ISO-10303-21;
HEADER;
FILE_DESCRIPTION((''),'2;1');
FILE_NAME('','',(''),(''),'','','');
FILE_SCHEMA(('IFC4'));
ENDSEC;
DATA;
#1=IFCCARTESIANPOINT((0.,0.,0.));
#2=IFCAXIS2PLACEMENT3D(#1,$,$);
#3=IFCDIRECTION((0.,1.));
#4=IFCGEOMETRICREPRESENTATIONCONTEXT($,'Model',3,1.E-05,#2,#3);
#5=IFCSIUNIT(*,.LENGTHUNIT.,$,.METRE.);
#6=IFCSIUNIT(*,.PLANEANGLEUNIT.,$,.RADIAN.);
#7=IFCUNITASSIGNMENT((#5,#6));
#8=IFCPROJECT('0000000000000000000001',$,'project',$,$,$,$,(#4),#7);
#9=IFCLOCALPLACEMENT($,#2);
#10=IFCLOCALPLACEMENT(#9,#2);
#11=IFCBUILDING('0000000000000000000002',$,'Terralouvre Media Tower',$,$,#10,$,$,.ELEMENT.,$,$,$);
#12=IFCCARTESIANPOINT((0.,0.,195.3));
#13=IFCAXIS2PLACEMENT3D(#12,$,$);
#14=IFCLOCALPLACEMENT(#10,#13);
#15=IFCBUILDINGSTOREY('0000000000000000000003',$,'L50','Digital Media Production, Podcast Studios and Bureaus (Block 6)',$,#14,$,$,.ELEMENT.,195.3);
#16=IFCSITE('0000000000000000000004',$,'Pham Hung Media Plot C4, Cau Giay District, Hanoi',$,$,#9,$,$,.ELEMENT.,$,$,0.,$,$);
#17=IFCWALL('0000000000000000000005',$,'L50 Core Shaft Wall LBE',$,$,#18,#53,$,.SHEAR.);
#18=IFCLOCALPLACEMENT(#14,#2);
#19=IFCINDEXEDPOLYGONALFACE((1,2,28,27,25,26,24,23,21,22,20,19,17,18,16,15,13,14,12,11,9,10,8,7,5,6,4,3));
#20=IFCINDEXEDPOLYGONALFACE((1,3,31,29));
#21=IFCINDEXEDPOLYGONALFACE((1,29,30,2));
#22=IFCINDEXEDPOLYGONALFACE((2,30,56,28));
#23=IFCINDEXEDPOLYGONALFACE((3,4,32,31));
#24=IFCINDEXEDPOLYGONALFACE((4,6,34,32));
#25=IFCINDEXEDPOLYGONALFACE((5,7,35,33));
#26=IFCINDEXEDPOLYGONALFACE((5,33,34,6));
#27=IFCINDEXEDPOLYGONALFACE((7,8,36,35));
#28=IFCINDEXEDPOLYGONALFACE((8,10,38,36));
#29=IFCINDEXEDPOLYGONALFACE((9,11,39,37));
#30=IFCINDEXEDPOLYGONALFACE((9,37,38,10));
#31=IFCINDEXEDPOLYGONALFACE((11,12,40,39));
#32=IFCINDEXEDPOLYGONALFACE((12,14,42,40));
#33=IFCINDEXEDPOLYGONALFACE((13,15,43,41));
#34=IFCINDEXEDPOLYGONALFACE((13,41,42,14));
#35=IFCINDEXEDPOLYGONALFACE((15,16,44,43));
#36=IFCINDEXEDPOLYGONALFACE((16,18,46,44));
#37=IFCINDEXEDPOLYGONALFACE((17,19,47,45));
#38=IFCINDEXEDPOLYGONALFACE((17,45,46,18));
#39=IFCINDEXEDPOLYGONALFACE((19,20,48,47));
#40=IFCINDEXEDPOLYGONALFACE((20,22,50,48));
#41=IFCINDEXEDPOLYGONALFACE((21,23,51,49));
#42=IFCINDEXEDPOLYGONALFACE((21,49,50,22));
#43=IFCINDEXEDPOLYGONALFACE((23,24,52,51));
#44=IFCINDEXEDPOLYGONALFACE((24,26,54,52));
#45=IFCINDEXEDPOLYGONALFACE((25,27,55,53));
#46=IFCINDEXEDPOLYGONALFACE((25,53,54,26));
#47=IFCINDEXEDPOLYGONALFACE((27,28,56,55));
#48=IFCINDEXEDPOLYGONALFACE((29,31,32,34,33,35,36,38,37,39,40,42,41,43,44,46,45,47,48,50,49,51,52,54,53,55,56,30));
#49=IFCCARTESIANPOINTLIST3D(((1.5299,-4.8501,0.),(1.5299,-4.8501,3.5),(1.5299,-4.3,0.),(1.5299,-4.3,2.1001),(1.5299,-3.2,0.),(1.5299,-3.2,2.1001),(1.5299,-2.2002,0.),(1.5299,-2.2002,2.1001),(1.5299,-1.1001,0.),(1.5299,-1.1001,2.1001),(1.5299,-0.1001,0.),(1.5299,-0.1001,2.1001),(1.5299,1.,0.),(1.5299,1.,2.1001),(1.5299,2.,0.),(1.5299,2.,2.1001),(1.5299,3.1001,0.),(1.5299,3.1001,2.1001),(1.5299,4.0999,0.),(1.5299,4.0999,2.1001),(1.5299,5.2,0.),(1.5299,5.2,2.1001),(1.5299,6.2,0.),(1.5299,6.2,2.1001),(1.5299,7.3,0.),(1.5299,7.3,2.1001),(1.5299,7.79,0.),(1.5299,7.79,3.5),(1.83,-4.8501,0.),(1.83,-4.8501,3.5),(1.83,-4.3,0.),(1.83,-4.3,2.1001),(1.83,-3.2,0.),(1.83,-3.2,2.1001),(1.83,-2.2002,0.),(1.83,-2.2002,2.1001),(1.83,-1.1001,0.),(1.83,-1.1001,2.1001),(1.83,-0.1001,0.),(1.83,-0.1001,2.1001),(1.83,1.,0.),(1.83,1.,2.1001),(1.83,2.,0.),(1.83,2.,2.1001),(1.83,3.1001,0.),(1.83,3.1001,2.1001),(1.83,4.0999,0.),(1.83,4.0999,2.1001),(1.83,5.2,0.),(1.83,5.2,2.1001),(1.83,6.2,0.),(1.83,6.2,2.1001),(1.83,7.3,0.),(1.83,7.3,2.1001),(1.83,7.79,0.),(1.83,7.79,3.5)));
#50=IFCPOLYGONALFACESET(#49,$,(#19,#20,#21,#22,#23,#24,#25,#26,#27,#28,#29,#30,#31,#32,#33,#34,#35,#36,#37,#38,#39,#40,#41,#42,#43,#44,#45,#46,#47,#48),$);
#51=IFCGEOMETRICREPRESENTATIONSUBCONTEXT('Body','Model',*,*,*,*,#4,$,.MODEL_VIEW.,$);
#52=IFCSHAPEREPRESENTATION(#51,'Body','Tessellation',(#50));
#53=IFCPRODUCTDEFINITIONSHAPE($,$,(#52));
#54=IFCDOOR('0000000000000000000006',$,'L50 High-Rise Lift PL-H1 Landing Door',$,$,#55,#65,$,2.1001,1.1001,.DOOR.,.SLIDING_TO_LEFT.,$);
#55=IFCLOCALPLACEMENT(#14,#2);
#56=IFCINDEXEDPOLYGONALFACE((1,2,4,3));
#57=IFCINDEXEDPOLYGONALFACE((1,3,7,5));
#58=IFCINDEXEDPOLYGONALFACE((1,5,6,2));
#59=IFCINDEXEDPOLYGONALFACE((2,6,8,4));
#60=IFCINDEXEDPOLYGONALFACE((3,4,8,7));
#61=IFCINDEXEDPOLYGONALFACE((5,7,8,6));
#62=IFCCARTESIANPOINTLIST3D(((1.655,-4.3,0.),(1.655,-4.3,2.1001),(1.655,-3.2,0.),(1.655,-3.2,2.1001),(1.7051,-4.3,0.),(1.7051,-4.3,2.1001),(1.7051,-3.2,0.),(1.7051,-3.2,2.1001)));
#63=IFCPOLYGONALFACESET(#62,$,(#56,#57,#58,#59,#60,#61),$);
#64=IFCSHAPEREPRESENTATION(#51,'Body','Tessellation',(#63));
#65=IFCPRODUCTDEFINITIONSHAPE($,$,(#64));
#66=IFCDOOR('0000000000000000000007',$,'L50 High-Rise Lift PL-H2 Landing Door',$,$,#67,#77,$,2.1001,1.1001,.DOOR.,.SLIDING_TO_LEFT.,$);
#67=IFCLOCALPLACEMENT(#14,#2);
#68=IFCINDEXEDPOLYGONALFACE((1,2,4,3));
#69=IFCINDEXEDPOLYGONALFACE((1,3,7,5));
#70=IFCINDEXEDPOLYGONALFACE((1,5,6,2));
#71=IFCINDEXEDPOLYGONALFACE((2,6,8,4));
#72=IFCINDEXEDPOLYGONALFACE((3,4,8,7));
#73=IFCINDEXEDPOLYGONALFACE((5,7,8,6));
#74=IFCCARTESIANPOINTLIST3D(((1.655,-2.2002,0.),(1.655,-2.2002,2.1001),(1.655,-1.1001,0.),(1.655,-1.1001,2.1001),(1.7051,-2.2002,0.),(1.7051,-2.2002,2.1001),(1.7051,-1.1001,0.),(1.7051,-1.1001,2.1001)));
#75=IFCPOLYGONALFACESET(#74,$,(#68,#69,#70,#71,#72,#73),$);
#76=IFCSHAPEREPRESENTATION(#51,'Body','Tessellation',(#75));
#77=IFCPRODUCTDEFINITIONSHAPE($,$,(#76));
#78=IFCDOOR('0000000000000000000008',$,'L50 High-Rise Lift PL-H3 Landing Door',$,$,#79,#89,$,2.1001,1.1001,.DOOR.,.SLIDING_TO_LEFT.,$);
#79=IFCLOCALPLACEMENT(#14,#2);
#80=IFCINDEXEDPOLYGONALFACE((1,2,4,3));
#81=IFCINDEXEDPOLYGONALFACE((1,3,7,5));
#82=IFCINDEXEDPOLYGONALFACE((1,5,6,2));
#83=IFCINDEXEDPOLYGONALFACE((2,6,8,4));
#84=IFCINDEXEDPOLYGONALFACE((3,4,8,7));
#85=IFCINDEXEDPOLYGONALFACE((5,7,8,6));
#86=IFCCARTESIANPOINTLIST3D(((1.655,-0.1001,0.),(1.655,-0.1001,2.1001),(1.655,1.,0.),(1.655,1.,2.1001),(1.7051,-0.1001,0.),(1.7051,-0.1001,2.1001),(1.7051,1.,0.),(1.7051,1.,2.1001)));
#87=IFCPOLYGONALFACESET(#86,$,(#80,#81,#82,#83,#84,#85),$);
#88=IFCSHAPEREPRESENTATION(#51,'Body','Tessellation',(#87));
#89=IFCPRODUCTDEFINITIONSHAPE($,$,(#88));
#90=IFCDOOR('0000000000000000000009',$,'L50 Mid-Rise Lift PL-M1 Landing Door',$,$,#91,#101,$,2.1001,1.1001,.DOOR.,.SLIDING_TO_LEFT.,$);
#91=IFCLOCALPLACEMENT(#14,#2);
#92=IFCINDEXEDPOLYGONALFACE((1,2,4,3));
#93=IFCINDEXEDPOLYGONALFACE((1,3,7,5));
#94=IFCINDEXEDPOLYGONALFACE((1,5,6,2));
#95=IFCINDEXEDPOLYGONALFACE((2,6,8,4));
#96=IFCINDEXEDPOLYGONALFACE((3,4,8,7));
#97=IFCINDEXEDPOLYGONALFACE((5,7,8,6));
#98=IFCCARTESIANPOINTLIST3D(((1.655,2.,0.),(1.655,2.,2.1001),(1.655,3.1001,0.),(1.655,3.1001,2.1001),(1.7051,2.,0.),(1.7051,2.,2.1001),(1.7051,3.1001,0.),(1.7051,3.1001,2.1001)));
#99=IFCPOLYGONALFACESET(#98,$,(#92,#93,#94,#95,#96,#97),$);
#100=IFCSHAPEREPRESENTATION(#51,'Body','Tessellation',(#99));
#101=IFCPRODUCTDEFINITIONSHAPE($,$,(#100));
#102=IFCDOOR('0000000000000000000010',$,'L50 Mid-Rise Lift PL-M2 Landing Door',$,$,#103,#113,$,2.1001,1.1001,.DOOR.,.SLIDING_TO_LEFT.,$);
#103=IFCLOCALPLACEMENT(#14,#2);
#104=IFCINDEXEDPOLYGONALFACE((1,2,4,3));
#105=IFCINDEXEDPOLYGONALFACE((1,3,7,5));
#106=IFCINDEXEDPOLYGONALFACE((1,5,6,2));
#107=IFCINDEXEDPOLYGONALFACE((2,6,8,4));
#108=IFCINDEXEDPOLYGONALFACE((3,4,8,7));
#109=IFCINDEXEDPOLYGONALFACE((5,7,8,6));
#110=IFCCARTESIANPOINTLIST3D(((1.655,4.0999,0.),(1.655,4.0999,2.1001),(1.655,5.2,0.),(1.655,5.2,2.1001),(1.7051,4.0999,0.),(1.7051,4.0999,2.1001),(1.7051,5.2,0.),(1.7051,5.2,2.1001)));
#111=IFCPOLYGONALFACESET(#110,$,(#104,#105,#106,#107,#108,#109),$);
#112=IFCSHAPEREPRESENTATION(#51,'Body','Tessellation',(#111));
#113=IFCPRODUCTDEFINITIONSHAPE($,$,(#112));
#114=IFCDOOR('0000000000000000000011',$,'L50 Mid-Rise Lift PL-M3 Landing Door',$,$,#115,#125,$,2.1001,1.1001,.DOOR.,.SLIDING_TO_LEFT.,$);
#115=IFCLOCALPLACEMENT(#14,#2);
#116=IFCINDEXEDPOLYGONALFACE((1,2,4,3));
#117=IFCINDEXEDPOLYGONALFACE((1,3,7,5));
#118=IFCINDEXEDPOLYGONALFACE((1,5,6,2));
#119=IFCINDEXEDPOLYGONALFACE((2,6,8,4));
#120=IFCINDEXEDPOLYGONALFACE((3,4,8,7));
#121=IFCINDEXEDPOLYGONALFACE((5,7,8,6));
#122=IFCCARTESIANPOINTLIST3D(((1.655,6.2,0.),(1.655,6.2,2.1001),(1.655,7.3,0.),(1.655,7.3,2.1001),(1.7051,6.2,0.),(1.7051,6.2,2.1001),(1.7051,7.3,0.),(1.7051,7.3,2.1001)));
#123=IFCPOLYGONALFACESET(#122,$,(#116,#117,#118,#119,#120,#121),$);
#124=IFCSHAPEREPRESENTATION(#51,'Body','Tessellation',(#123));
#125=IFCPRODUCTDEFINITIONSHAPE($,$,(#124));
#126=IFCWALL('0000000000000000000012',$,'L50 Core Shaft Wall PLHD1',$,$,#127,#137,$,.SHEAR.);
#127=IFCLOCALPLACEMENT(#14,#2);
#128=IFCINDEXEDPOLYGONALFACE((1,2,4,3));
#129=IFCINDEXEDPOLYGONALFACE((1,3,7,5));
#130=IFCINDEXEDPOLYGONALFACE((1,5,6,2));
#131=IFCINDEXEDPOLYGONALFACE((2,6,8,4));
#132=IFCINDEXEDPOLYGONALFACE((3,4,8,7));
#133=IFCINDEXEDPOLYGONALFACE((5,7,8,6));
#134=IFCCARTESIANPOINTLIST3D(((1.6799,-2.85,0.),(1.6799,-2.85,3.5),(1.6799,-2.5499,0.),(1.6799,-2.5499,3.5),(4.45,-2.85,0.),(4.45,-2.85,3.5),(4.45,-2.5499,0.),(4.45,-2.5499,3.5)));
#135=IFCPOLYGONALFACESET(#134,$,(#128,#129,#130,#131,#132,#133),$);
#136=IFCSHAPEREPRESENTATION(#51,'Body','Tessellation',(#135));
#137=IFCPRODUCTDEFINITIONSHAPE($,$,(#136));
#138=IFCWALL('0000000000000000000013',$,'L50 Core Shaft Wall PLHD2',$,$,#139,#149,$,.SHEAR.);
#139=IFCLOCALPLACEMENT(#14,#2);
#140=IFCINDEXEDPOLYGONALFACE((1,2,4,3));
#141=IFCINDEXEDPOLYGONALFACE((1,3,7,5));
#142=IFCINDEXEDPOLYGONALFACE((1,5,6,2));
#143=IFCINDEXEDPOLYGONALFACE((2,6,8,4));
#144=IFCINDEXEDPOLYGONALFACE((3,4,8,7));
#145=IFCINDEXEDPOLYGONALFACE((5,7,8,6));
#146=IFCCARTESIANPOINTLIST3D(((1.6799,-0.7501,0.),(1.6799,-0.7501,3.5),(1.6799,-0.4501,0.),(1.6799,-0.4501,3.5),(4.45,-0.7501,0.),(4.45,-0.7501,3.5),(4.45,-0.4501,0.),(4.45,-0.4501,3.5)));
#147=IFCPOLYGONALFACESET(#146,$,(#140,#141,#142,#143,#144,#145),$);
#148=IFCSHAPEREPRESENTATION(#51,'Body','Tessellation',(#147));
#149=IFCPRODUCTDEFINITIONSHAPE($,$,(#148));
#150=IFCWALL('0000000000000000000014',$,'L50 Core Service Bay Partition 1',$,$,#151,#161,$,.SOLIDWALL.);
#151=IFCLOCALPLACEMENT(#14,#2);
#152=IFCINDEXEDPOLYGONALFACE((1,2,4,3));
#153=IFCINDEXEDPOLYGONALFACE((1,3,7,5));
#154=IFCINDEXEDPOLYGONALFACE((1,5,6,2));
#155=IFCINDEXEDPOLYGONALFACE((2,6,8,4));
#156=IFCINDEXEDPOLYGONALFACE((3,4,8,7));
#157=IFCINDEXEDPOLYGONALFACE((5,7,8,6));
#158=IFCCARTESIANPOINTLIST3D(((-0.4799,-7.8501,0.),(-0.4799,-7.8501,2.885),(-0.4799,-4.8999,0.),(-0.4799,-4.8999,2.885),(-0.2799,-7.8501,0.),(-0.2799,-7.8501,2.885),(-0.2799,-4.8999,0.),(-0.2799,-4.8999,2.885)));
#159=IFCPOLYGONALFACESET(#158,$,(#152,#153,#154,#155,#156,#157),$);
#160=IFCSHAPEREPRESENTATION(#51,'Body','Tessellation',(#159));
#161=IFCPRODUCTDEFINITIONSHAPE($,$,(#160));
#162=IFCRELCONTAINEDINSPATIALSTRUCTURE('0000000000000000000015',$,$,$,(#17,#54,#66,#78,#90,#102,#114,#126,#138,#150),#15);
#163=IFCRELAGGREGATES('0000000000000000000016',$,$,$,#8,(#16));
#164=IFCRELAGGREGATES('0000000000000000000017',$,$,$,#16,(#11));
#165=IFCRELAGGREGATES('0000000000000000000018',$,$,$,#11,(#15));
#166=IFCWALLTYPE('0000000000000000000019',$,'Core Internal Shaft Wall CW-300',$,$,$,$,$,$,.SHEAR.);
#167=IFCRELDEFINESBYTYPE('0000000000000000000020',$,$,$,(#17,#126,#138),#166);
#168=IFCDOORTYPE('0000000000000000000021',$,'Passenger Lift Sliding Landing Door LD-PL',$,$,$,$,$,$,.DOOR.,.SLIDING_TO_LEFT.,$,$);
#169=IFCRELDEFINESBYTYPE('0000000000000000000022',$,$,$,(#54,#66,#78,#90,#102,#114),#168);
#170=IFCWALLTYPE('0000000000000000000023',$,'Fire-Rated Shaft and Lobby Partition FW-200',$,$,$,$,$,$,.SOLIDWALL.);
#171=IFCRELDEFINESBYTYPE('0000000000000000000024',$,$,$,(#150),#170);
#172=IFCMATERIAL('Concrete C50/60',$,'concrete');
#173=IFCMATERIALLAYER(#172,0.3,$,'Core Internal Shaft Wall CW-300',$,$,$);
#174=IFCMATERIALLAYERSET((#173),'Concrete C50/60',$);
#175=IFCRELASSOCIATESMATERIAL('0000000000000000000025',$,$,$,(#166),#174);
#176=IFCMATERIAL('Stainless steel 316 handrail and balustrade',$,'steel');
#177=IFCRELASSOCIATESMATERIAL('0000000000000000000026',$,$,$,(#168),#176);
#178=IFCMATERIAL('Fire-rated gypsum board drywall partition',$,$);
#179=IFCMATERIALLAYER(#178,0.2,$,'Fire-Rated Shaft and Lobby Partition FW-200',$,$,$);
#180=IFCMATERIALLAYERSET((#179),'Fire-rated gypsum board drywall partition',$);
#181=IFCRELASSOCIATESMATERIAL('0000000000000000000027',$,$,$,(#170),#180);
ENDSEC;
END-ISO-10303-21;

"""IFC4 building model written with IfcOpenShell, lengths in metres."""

from ifc_helpers import new_model, si_unit, direction, frame, frame_2d, origin, place, context, subcontext, project, spatial, rectangle, extrude, material, layer, layer_set, type_object, element, fill, save


model = new_model("IFC4")

# Units and contexts
model_context = context("Model", 3, precision=1e-05, world=origin(), true_north=direction((0.0, 1.0)))
body_context = subcontext(model_context, "Body", "Model", "MODEL_VIEW")
ifc_project = project(units=[si_unit("LENGTHUNIT", "METRE"), si_unit("PLANEANGLEUNIT", "RADIAN")], contexts=[model_context])

# Site, building, storey
site_placement = place(None, origin())
site = spatial("IfcSite", under=ifc_project, at=site_placement, Name="Pham Hung Media Plot C4, Cau Giay District, Hanoi", CompositionType="ELEMENT", RefElevation=0.0)
building_placement = place(site_placement, origin())
building = spatial("IfcBuilding", under=site, at=building_placement, Name="Terralouvre Media Tower", CompositionType="ELEMENT")
storey_placement = place(building_placement, frame((0.0, 0.0, 195.3)))
storey = spatial("IfcBuildingStorey", under=building, at=storey_placement, Name="L50", Description="Digital Media Production, Podcast Studios and Bureaus (Block 6)", CompositionType="ELEMENT", Elevation=195.3)

# Shared definitions
ifc_material_1 = material(Name="Concrete C50/60", Category="concrete")
ifc_layer_1 = layer(ifc_material_1, 0.3, Name="Core Internal Shaft Wall CW-300")
ifc_layer_set_1 = layer_set([ifc_layer_1], Name="Concrete C50/60")
wall_type_1 = type_object("IfcWallType", Name="Core Internal Shaft Wall CW-300", PredefinedType="SHEAR", material=ifc_layer_set_1)

# Wall, openings, doors
wall_1_placement = place(storey_placement, frame((1.6799, -4.8501, 0.0), z_axis=(0.0, 0.0, 1.0), x_axis=(0.0, 1.0, 0.0)))
wall_1 = element("IfcWall", 1, at=wall_1_placement, inside=storey, type_object=wall_type_1, Name="L50 Core Shaft Wall LBE", PredefinedType="SHEAR", context=body_context, shape_type="SweptSolid", body=[
    extrude(rectangle(XDim=12.6401, YDim=0.3, at=frame_2d((6.3201, 0.0))), origin(), (0.0, 0.0, 1.0), 3.5),
])
opening_1_placement = place(wall_1_placement, frame((0.55, 0.0, 0.0)))
opening_1 = element("IfcOpeningElement", 2, at=opening_1_placement, cuts=wall_1, PredefinedType="OPENING", context=body_context, shape_type="SweptSolid", body=[
    extrude(rectangle(XDim=1.1001, YDim=2.1001, at=frame_2d((0.55, 1.05))), frame((0.0, 0.1599, 0.0), z_axis=(0.0, -1.0, 0.0), x_axis=(1.0, 0.0, 0.0)), (0.0, 0.0, 1.0), 0.3201),
])
opening_2_placement = place(wall_1_placement, frame((2.6499, 0.0, 0.0)))
opening_2 = element("IfcOpeningElement", 3, at=opening_2_placement, cuts=wall_1, PredefinedType="OPENING", context=body_context, shape_type="SweptSolid", body=[
    extrude(rectangle(XDim=1.1001, YDim=2.1001, at=frame_2d((0.55, 1.05))), frame((0.0, 0.1599, 0.0), z_axis=(0.0, -1.0, 0.0), x_axis=(1.0, 0.0, 0.0)), (0.0, 0.0, 1.0), 0.3201),
])
opening_3_placement = place(wall_1_placement, frame((4.75, 0.0, 0.0)))
opening_3 = element("IfcOpeningElement", 4, at=opening_3_placement, cuts=wall_1, PredefinedType="OPENING", context=body_context, shape_type="SweptSolid", body=[
    extrude(rectangle(XDim=1.1001, YDim=2.1001, at=frame_2d((0.55, 1.05))), frame((0.0, 0.1599, 0.0), z_axis=(0.0, -1.0, 0.0), x_axis=(1.0, 0.0, 0.0)), (0.0, 0.0, 1.0), 0.3201),
])
opening_4_placement = place(wall_1_placement, frame((6.8501, 0.0, 0.0)))
opening_4 = element("IfcOpeningElement", 5, at=opening_4_placement, cuts=wall_1, PredefinedType="OPENING", context=body_context, shape_type="SweptSolid", body=[
    extrude(rectangle(XDim=1.1001, YDim=2.1001, at=frame_2d((0.55, 1.05))), frame((0.0, 0.1599, 0.0), z_axis=(0.0, -1.0, 0.0), x_axis=(1.0, 0.0, 0.0)), (0.0, 0.0, 1.0), 0.3201),
])
opening_5_placement = place(wall_1_placement, frame((8.95, 0.0, 0.0)))
opening_5 = element("IfcOpeningElement", 6, at=opening_5_placement, cuts=wall_1, PredefinedType="OPENING", context=body_context, shape_type="SweptSolid", body=[
    extrude(rectangle(XDim=1.1001, YDim=2.1001, at=frame_2d((0.55, 1.05))), frame((0.0, 0.1599, 0.0), z_axis=(0.0, -1.0, 0.0), x_axis=(1.0, 0.0, 0.0)), (0.0, 0.0, 1.0), 0.3201),
])
opening_6_placement = place(wall_1_placement, frame((11.05, 0.0, 0.0)))
opening_6 = element("IfcOpeningElement", 7, at=opening_6_placement, cuts=wall_1, PredefinedType="OPENING", context=body_context, shape_type="SweptSolid", body=[
    extrude(rectangle(XDim=1.1001, YDim=2.1001, at=frame_2d((0.55, 1.05))), frame((0.0, 0.1599, 0.0), z_axis=(0.0, -1.0, 0.0), x_axis=(1.0, 0.0, 0.0)), (0.0, 0.0, 1.0), 0.3201),
])
ifc_material_2 = material(Name="Stainless steel 316 handrail and balustrade", Category="steel")
door_type_1 = type_object("IfcDoorType", Name="Passenger Lift Sliding Landing Door LD-PL", OperationType="SLIDING_TO_LEFT", PredefinedType="DOOR", material=ifc_material_2)
door_1_placement = place(opening_1_placement, origin())
door_1 = element("IfcDoor", 8, at=door_1_placement, inside=storey, type_object=door_type_1, Name="L50 High-Rise Lift PL-H1 Landing Door", OperationType="SLIDING_TO_LEFT", OverallHeight=2.1001, OverallWidth=1.1001, PredefinedType="DOOR", context=body_context, shape_type="SweptSolid", body=[
    extrude(rectangle(XDim=1.1001, YDim=2.1001, at=frame_2d((0.55, 1.05))), frame((0.0, 0.0249, 0.0), z_axis=(0.0, -1.0, 0.0), x_axis=(1.0, 0.0, 0.0)), (0.0, 0.0, 1.0), 0.05),
])
fill(opening_1, door_1)
door_2_placement = place(opening_2_placement, origin())
door_2 = element("IfcDoor", 9, at=door_2_placement, inside=storey, type_object=door_type_1, Name="L50 High-Rise Lift PL-H2 Landing Door", OperationType="SLIDING_TO_LEFT", OverallHeight=2.1001, OverallWidth=1.1001, PredefinedType="DOOR", context=body_context, shape_type="SweptSolid", body=[
    extrude(rectangle(XDim=1.1001, YDim=2.1001, at=frame_2d((0.55, 1.05))), frame((0.0, 0.0249, 0.0), z_axis=(0.0, -1.0, 0.0), x_axis=(1.0, 0.0, 0.0)), (0.0, 0.0, 1.0), 0.05),
])
fill(opening_2, door_2)
door_3_placement = place(opening_3_placement, origin())
door_3 = element("IfcDoor", 10, at=door_3_placement, inside=storey, type_object=door_type_1, Name="L50 High-Rise Lift PL-H3 Landing Door", OperationType="SLIDING_TO_LEFT", OverallHeight=2.1001, OverallWidth=1.1001, PredefinedType="DOOR", context=body_context, shape_type="SweptSolid", body=[
    extrude(rectangle(XDim=1.1001, YDim=2.1001, at=frame_2d((0.55, 1.05))), frame((0.0, 0.0249, 0.0), z_axis=(0.0, -1.0, 0.0), x_axis=(1.0, 0.0, 0.0)), (0.0, 0.0, 1.0), 0.05),
])
fill(opening_3, door_3)
door_4_placement = place(opening_4_placement, origin())
door_4 = element("IfcDoor", 11, at=door_4_placement, inside=storey, type_object=door_type_1, Name="L50 Mid-Rise Lift PL-M1 Landing Door", OperationType="SLIDING_TO_LEFT", OverallHeight=2.1001, OverallWidth=1.1001, PredefinedType="DOOR", context=body_context, shape_type="SweptSolid", body=[
    extrude(rectangle(XDim=1.1001, YDim=2.1001, at=frame_2d((0.55, 1.05))), frame((0.0, 0.0249, 0.0), z_axis=(0.0, -1.0, 0.0), x_axis=(1.0, 0.0, 0.0)), (0.0, 0.0, 1.0), 0.05),
])
fill(opening_4, door_4)
door_5_placement = place(opening_5_placement, origin())
door_5 = element("IfcDoor", 12, at=door_5_placement, inside=storey, type_object=door_type_1, Name="L50 Mid-Rise Lift PL-M2 Landing Door", OperationType="SLIDING_TO_LEFT", OverallHeight=2.1001, OverallWidth=1.1001, PredefinedType="DOOR", context=body_context, shape_type="SweptSolid", body=[
    extrude(rectangle(XDim=1.1001, YDim=2.1001, at=frame_2d((0.55, 1.05))), frame((0.0, 0.0249, 0.0), z_axis=(0.0, -1.0, 0.0), x_axis=(1.0, 0.0, 0.0)), (0.0, 0.0, 1.0), 0.05),
])
fill(opening_5, door_5)
door_6_placement = place(opening_6_placement, origin())
door_6 = element("IfcDoor", 13, at=door_6_placement, inside=storey, type_object=door_type_1, Name="L50 Mid-Rise Lift PL-M3 Landing Door", OperationType="SLIDING_TO_LEFT", OverallHeight=2.1001, OverallWidth=1.1001, PredefinedType="DOOR", context=body_context, shape_type="SweptSolid", body=[
    extrude(rectangle(XDim=1.1001, YDim=2.1001, at=frame_2d((0.55, 1.05))), frame((0.0, 0.0249, 0.0), z_axis=(0.0, -1.0, 0.0), x_axis=(1.0, 0.0, 0.0)), (0.0, 0.0, 1.0), 0.05),
])
fill(opening_6, door_6)

# Walls
for number, where, z_axis, x_axis, name in (
    (14, (1.6799, -2.7, 0.0), (0.0, 0.0, 1.0), (1.0, 0.0, 0.0), "L50 Core Shaft Wall PLHD1"),
    (15, (1.6799, -0.6001, 0.0), (0.0, 0.0, 1.0), (1.0, 0.0, 0.0), "L50 Core Shaft Wall PLHD2"),
):
    element("IfcWall", number, at=place(storey_placement, frame(where, z_axis=z_axis, x_axis=x_axis)), inside=storey, type_object=wall_type_1, Name=name, PredefinedType="SHEAR", context=body_context, shape_type="SweptSolid", body=[
        extrude(rectangle(XDim=2.77, YDim=0.3, at=frame_2d((1.385, 0.0))), origin(), (0.0, 0.0, 1.0), 3.5),
    ])
ifc_material_3 = material(Name="Fire-rated gypsum board drywall partition")
ifc_layer_2 = layer(ifc_material_3, 0.2, Name="Fire-Rated Shaft and Lobby Partition FW-200")
ifc_layer_set_2 = layer_set([ifc_layer_2], Name="Fire-rated gypsum board drywall partition")
wall_type_2 = type_object("IfcWallType", Name="Fire-Rated Shaft and Lobby Partition FW-200", PredefinedType="SOLIDWALL", material=ifc_layer_set_2)
wall_2_placement = place(storey_placement, frame((-0.3799, -7.8501, 0.0), z_axis=(0.0, 0.0, 1.0), x_axis=(0.0, 1.0, 0.0)))
element("IfcWall", 16, at=wall_2_placement, inside=storey, type_object=wall_type_2, Name="L50 Core Service Bay Partition 1", PredefinedType="SOLIDWALL", context=body_context, shape_type="SweptSolid", body=[
    extrude(rectangle(XDim=2.9502, YDim=0.2, at=frame_2d((1.4751, 0.0))), origin(), (0.0, 0.0, 1.0), 2.885),
])

save(model, "model.ifc")
